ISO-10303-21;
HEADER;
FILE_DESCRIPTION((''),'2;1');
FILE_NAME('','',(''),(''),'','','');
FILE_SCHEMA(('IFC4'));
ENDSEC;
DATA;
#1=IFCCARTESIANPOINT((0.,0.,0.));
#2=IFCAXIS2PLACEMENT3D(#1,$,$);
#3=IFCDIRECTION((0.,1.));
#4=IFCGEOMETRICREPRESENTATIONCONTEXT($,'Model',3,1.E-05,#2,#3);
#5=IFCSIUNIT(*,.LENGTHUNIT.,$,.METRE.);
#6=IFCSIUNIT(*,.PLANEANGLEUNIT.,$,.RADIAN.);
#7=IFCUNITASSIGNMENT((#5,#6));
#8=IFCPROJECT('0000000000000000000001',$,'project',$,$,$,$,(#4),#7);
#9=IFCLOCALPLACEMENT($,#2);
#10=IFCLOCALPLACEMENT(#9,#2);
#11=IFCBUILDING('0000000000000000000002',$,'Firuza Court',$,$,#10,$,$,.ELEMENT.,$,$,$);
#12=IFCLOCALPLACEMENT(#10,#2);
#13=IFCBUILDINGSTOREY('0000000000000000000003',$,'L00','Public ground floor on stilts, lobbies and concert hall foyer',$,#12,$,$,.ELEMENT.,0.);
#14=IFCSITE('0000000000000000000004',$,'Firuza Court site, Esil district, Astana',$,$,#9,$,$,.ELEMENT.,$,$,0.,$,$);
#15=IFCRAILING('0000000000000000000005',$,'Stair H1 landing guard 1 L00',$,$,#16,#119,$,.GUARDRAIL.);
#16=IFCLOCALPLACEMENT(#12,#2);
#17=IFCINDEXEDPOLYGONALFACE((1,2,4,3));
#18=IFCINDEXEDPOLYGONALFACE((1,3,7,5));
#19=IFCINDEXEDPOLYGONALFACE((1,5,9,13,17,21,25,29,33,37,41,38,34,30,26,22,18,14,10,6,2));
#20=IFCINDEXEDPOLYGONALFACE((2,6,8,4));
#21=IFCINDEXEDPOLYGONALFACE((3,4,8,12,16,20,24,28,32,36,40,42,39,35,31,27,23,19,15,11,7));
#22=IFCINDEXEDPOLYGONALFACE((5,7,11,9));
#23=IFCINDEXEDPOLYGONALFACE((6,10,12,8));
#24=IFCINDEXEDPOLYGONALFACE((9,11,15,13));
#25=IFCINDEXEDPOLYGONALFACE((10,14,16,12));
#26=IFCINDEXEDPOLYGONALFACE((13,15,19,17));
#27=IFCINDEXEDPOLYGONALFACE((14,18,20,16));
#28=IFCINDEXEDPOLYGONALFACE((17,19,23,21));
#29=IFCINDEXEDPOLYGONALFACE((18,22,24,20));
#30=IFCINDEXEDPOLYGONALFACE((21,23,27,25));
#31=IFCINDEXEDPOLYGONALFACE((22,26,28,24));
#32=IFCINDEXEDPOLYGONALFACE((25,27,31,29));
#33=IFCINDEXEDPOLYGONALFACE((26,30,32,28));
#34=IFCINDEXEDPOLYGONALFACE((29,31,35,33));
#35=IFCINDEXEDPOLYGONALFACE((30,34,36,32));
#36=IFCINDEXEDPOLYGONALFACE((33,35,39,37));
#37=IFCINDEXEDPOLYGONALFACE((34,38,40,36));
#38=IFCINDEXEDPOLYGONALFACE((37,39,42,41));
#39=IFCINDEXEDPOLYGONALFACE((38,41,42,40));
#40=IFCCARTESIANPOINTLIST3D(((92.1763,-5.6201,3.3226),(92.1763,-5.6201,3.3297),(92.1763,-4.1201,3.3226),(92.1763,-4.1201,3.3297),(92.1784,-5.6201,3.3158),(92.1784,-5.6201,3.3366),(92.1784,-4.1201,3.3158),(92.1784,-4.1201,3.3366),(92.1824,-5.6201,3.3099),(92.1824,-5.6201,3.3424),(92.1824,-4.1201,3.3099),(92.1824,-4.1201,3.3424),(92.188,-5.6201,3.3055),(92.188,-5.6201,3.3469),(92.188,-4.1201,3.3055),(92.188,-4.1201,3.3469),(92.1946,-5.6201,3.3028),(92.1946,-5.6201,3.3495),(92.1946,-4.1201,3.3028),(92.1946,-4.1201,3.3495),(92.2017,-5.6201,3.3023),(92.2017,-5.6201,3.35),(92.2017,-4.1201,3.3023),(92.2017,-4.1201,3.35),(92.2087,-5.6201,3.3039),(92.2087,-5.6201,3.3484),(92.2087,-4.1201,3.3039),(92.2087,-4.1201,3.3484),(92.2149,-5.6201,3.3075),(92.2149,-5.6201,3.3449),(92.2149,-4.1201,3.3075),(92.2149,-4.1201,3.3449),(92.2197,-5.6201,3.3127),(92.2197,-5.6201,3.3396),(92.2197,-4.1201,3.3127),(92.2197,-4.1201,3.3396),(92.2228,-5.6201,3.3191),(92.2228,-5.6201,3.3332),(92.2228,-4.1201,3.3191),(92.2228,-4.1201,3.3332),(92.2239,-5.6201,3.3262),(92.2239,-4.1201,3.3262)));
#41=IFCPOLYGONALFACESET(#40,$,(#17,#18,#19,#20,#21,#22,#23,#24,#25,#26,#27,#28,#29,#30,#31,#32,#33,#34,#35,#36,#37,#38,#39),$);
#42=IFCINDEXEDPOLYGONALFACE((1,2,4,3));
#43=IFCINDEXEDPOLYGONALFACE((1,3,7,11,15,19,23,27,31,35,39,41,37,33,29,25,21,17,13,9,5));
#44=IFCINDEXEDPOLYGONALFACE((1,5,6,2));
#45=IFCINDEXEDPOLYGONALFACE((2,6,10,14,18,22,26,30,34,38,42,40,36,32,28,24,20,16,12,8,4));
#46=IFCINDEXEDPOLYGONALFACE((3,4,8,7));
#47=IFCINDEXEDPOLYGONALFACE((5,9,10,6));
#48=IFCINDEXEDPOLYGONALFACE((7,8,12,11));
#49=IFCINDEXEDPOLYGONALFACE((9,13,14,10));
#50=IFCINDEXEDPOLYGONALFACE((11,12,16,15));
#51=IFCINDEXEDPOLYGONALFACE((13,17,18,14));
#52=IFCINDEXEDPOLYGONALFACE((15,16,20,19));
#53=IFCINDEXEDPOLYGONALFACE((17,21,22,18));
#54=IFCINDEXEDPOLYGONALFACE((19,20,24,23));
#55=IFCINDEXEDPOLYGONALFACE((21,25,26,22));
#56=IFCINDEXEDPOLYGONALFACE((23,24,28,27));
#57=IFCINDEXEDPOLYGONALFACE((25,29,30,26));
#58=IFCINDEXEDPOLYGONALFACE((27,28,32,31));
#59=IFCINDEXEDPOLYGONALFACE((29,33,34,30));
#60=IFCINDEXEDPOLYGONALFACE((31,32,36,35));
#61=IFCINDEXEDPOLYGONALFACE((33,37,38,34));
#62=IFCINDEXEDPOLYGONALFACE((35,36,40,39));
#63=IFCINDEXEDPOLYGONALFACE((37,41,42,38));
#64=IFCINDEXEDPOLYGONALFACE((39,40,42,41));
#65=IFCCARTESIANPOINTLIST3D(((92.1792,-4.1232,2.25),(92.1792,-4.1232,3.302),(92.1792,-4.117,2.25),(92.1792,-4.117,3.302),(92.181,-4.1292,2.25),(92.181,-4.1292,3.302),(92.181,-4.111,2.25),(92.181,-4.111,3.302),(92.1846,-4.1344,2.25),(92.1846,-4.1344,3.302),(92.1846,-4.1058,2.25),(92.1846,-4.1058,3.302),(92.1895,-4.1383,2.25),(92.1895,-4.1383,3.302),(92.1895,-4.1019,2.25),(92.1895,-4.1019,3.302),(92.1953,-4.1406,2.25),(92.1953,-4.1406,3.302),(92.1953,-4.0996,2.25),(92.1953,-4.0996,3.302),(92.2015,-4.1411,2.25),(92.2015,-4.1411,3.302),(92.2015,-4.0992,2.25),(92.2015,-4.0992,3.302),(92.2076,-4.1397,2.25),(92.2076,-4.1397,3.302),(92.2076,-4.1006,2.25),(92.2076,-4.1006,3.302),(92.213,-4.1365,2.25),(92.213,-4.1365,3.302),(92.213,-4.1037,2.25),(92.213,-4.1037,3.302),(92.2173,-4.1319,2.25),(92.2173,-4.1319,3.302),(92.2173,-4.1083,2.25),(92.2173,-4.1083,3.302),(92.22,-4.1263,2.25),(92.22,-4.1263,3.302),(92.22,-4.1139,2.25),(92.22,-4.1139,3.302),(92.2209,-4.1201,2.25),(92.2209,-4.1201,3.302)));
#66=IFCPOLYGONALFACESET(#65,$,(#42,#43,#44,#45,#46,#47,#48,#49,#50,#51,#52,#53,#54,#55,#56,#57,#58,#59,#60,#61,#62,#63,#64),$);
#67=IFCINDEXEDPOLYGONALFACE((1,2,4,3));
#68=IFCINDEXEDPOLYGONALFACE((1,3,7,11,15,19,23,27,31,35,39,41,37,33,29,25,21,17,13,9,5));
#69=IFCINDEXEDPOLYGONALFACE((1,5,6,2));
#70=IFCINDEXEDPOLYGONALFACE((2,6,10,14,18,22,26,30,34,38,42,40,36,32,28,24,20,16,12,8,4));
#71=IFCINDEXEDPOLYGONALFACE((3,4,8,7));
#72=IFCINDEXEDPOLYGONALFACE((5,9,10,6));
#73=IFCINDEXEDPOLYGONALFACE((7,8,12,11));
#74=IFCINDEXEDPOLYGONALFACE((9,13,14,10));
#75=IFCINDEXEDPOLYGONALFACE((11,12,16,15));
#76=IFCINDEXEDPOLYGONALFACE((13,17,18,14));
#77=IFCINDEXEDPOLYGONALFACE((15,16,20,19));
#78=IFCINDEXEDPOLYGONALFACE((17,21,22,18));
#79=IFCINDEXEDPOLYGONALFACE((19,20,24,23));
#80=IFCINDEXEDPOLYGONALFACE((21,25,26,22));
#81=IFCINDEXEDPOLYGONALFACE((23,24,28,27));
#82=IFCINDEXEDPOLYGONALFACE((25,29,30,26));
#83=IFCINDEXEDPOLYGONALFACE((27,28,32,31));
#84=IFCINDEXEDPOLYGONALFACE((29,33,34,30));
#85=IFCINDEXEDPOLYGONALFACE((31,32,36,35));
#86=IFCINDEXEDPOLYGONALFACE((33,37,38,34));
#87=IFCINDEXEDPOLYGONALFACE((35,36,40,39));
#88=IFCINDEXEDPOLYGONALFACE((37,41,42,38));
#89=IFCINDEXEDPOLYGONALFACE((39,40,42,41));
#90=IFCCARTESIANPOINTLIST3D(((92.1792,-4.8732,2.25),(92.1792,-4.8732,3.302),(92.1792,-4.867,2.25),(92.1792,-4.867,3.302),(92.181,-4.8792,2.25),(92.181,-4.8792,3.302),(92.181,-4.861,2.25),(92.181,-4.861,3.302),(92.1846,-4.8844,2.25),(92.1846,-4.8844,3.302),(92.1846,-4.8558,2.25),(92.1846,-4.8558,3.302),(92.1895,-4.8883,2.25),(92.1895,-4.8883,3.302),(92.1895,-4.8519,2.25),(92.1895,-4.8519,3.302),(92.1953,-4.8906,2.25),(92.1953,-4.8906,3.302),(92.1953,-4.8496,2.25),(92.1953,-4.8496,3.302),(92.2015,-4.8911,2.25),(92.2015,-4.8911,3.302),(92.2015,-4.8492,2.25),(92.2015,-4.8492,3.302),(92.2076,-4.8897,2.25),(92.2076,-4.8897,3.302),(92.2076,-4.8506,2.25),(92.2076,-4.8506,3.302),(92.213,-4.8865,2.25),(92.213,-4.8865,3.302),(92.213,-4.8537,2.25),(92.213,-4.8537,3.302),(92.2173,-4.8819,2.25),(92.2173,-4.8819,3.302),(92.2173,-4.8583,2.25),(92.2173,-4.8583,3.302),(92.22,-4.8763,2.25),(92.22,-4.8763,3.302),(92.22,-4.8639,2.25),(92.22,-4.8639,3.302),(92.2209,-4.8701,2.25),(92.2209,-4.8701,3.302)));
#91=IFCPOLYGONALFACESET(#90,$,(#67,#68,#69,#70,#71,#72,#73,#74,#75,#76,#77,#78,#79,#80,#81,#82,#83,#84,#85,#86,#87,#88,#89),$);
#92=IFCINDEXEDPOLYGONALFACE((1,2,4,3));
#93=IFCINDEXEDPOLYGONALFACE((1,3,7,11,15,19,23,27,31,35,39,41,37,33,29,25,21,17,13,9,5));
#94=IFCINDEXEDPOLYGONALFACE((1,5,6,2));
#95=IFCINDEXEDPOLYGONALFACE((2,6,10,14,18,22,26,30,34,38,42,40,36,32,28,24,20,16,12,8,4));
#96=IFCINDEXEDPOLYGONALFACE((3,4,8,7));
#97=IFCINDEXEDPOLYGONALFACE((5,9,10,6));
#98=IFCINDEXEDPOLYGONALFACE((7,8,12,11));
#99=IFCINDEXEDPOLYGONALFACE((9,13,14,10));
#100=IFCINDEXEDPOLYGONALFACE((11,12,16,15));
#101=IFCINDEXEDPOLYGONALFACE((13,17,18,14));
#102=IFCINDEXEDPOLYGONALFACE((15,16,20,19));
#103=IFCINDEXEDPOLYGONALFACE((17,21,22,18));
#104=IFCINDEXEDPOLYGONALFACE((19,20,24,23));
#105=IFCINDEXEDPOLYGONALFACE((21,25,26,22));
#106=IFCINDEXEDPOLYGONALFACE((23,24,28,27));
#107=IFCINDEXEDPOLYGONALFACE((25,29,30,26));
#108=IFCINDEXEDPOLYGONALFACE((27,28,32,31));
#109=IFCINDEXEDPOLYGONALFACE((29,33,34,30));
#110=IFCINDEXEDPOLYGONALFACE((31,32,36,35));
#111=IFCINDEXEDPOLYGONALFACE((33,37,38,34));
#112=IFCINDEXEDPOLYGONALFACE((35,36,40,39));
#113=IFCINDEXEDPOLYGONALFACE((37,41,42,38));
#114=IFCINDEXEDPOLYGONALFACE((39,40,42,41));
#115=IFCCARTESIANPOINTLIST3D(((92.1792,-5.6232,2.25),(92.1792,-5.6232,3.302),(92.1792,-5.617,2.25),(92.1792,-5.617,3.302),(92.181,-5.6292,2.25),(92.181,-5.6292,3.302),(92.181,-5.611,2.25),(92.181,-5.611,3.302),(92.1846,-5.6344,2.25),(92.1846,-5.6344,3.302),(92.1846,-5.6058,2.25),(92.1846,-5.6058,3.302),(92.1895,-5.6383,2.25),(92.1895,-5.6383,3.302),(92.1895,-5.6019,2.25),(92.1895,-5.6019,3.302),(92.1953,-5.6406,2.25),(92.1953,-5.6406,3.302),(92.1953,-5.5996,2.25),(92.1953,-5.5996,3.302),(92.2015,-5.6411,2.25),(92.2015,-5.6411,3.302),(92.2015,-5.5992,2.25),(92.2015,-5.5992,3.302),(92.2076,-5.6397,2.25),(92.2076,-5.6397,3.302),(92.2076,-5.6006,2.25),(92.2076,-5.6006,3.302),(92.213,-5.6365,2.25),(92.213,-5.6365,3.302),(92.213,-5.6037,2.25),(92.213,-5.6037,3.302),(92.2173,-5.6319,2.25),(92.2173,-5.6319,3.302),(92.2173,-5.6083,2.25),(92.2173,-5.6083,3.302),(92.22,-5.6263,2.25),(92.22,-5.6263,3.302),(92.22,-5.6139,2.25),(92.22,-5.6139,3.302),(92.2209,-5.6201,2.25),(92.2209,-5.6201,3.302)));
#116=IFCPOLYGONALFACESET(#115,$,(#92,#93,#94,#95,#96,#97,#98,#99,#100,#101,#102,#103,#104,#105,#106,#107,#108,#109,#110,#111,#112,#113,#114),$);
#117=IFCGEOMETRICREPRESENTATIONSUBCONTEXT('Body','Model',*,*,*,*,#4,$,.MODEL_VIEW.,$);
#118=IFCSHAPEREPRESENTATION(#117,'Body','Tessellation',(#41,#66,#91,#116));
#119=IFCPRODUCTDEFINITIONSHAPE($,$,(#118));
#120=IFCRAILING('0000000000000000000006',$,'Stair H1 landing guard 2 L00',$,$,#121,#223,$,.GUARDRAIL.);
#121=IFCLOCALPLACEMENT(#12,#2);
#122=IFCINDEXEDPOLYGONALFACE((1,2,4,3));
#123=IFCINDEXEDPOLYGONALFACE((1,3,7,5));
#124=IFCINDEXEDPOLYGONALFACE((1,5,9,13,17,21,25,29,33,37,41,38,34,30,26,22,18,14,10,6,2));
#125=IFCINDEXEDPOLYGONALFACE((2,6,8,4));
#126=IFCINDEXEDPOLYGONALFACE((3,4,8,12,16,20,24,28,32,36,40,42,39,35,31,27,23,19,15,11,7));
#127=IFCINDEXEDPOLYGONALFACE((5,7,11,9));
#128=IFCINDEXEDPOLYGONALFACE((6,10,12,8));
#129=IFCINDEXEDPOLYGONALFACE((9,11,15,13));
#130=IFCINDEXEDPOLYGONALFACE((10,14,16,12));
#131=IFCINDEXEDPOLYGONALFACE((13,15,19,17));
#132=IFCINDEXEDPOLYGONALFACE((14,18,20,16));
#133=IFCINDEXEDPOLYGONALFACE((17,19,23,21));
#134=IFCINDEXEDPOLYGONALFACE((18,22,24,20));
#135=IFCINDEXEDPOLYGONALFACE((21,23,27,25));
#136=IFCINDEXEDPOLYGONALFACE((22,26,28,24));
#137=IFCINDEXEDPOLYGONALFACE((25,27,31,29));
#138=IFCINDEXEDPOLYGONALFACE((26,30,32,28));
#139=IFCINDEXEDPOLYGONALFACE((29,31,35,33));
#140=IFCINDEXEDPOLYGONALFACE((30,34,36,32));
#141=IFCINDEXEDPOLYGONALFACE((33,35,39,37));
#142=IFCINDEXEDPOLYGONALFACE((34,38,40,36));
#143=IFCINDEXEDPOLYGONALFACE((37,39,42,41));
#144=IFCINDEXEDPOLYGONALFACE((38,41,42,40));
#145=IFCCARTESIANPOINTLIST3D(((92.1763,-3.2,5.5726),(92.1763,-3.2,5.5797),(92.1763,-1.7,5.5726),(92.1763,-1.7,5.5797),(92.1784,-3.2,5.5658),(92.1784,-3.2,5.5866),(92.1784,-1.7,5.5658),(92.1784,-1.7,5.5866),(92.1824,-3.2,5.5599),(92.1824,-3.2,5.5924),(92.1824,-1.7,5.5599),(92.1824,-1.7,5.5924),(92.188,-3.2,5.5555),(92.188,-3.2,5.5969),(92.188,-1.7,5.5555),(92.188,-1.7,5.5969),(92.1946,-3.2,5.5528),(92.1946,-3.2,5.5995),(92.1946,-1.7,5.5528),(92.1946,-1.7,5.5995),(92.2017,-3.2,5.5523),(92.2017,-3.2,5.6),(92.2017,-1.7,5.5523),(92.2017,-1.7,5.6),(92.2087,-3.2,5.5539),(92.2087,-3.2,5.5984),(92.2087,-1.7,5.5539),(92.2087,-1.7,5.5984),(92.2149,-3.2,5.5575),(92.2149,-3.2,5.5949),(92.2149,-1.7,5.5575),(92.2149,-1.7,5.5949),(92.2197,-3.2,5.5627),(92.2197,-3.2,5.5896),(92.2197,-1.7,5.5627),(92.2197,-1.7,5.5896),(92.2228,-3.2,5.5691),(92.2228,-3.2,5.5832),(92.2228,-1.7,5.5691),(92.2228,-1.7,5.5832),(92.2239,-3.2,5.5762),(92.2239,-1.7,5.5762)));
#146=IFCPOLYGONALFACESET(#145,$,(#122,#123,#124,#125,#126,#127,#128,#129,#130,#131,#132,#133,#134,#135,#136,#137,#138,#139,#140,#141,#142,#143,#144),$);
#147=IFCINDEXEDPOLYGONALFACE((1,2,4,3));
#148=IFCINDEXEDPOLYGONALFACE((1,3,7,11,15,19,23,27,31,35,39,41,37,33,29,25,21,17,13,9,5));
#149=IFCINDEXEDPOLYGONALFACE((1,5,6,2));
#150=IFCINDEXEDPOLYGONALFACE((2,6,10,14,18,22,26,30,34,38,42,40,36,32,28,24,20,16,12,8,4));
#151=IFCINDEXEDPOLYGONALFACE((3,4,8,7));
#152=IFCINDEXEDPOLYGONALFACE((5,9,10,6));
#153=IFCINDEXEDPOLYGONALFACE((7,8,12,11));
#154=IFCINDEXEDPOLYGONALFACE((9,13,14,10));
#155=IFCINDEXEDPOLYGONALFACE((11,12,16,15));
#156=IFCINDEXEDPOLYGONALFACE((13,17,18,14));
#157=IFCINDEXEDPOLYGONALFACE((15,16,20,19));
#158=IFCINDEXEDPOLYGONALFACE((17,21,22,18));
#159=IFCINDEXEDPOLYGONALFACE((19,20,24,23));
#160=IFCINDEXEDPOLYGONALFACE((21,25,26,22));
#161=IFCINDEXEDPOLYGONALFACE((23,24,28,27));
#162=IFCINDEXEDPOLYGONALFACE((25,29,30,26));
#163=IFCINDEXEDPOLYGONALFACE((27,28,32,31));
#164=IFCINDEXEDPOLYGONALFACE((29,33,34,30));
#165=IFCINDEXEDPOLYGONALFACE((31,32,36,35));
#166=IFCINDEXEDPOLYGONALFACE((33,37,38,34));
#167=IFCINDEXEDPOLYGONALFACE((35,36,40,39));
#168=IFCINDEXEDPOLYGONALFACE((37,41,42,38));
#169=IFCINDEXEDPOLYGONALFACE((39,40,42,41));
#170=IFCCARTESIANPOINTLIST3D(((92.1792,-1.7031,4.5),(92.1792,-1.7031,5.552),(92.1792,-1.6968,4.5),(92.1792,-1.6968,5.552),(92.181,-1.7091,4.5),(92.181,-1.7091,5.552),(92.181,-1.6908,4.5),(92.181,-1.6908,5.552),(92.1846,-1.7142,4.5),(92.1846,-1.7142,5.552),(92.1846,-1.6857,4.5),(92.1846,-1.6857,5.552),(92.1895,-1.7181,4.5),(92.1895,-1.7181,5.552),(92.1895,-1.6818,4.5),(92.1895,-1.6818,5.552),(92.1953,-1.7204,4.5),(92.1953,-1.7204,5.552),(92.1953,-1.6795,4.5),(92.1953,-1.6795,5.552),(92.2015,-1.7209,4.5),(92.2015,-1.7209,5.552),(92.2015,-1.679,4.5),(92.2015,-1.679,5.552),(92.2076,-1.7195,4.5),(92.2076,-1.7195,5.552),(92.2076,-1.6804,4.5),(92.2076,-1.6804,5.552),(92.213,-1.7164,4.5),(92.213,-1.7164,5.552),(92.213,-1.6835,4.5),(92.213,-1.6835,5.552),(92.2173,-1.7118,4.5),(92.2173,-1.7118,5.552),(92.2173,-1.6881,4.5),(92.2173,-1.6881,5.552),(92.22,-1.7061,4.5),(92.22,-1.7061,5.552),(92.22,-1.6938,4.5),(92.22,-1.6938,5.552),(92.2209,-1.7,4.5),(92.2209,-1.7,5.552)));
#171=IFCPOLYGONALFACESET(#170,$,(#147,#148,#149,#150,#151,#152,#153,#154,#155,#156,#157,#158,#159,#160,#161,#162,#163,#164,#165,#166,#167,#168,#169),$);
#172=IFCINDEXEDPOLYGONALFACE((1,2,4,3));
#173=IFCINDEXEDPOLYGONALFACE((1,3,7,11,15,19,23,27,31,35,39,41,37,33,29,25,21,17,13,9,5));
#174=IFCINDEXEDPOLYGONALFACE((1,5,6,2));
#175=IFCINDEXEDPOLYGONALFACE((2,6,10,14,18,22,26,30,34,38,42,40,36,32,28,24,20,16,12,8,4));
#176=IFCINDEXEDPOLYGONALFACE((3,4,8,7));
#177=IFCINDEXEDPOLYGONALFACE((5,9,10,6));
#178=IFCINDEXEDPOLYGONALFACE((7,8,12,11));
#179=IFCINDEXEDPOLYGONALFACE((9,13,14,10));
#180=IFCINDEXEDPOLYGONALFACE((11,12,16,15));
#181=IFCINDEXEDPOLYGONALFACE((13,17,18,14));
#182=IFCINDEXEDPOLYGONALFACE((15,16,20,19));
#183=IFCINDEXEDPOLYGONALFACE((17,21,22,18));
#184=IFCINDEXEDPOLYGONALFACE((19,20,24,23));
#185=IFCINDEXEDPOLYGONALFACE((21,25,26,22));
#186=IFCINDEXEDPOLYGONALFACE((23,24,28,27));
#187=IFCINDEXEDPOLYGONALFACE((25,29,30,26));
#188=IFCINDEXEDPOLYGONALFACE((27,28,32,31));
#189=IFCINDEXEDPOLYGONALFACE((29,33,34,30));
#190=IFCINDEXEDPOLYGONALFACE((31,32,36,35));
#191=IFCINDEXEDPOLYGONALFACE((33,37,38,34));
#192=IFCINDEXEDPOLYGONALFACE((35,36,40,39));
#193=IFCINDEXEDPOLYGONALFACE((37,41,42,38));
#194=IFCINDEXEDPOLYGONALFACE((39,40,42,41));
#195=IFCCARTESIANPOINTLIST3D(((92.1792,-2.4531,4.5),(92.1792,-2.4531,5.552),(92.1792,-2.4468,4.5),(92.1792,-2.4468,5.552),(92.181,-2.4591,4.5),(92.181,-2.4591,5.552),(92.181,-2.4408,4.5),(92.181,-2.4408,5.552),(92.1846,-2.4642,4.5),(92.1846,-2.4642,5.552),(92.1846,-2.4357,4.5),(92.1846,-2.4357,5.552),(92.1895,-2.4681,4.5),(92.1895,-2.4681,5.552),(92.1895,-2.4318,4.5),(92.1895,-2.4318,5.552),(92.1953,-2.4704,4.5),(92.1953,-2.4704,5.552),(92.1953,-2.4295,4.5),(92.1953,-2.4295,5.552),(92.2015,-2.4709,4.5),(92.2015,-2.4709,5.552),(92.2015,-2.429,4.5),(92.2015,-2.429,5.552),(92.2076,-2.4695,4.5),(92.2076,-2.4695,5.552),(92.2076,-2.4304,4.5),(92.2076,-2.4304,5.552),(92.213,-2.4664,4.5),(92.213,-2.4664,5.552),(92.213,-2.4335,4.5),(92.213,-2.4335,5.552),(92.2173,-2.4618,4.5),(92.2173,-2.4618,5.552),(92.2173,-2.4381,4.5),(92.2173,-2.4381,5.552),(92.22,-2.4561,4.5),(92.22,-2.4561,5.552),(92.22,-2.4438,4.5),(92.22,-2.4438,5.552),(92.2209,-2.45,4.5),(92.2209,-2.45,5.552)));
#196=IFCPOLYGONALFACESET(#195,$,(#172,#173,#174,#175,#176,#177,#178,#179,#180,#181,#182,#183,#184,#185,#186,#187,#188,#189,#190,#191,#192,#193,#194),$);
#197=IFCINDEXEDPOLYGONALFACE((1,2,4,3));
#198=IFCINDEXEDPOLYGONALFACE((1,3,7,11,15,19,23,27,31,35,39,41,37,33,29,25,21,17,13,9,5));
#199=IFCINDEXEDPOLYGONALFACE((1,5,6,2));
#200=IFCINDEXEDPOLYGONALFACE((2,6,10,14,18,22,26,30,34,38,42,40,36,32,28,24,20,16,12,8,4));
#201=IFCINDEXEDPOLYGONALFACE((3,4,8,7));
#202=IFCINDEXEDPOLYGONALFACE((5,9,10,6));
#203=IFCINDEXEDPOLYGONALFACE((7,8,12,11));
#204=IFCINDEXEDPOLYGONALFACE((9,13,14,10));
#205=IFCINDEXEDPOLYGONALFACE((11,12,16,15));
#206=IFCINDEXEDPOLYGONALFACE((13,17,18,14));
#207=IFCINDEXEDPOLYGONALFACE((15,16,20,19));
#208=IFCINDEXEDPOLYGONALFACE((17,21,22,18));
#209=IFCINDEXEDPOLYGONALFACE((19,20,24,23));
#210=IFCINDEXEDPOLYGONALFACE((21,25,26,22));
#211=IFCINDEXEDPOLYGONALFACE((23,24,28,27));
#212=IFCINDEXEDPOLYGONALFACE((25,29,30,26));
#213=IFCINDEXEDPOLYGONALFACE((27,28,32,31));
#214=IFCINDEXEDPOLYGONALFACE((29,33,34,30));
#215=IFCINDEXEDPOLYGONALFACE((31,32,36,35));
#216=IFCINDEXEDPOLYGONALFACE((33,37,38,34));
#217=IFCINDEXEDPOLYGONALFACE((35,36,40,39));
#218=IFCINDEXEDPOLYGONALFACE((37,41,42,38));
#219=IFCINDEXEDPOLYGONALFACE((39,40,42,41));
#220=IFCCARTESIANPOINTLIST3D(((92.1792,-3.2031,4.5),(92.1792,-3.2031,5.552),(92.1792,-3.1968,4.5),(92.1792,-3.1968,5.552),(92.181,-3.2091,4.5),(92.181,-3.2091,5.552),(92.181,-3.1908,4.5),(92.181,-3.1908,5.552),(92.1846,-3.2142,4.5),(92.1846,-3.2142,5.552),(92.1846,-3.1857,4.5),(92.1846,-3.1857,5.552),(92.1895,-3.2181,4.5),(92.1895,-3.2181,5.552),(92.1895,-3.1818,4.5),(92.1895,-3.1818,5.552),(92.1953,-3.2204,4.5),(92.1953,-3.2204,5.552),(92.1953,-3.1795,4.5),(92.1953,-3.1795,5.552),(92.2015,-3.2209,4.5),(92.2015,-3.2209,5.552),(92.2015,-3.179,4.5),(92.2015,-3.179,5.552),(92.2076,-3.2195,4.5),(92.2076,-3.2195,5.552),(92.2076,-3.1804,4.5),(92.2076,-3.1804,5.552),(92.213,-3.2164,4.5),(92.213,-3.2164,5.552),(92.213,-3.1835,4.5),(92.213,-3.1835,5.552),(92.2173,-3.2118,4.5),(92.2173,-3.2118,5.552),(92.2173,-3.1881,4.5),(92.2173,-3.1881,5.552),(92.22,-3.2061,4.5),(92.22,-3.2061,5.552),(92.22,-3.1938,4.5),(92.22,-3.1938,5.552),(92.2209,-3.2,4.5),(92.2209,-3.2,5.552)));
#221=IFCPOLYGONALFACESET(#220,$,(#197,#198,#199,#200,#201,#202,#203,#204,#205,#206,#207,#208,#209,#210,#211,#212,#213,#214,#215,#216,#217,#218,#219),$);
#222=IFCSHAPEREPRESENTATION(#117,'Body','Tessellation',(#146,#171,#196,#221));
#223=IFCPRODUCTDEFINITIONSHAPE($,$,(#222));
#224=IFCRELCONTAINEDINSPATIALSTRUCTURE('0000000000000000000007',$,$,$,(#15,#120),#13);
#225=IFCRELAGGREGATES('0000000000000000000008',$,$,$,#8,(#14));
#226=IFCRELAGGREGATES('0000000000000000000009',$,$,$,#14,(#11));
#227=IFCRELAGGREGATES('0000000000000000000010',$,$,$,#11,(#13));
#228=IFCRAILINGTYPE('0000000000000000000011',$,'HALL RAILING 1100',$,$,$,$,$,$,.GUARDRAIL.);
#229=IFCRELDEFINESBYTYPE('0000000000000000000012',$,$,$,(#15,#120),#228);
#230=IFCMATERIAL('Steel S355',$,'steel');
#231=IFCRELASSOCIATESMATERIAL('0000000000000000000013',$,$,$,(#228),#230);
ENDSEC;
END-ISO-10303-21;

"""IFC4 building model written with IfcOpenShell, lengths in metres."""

from ifc_helpers import new_model, si_unit, direction, frame, origin, origin_2d, place, context, subcontext, project, spatial, circle, extrude, material, type_object, element, save


model = new_model("IFC4")

# Units and contexts
model_context = context("Model", 3, precision=1e-05, world=origin(), true_north=direction((0.0, 1.0)))
body_context = subcontext(model_context, "Body", "Model", "MODEL_VIEW")
ifc_project = project(units=[si_unit("LENGTHUNIT", "METRE"), si_unit("PLANEANGLEUNIT", "RADIAN")], contexts=[model_context])

# Site, building, storey
site_placement = place(None, origin())
site = spatial("IfcSite", under=ifc_project, at=site_placement, Name="Firuza Court site, Esil district, Astana", CompositionType="ELEMENT", RefElevation=0.0)
building_placement = place(site_placement, origin())
building = spatial("IfcBuilding", under=site, at=building_placement, Name="Firuza Court", CompositionType="ELEMENT")
storey_placement = place(building_placement, origin())
storey = spatial("IfcBuildingStorey", under=building, at=storey_placement, Name="L00", Description="Public ground floor on stilts, lobbies and concert hall foyer", CompositionType="ELEMENT", Elevation=0.0)

# Railings
ifc_material_1 = material(Name="Steel S355", Category="steel")
railing_type_1 = type_object("IfcRailingType", Name="HALL RAILING 1100", PredefinedType="GUARDRAIL", material=ifc_material_1)
for number, where, name in (
    (1, (92.2, -4.1201, 2.25), "Stair H1 landing guard 1 L00"),
    (2, (92.2, -1.7, 4.5), "Stair H1 landing guard 2 L00"),
):
    element("IfcRailing", number, at=place(storey_placement, frame(where)), inside=storey, type_object=railing_type_1, Name=name, PredefinedType="GUARDRAIL", context=body_context, shape_type="SweptSolid", body=[
        extrude(circle(Radius=0.0239, at=origin_2d()), frame((0.0, 0.0, 1.0762), z_axis=(0.0, -1.0, 0.0), x_axis=(1.0, 0.0, 0.0)), (0.0, 0.0, 1.0), 1.5),
        extrude(circle(Radius=0.021, at=origin_2d()), origin(), (0.0, 0.0, 1.0), 1.052),
        extrude(circle(Radius=0.021, at=origin_2d()), frame((0.0, -0.75, 0.0)), (0.0, 0.0, 1.0), 1.052),
        extrude(circle(Radius=0.021, at=origin_2d()), frame((0.0, -1.5, 0.0)), (0.0, 0.0, 1.0), 1.052),
    ])

save(model, "model.ifc")
